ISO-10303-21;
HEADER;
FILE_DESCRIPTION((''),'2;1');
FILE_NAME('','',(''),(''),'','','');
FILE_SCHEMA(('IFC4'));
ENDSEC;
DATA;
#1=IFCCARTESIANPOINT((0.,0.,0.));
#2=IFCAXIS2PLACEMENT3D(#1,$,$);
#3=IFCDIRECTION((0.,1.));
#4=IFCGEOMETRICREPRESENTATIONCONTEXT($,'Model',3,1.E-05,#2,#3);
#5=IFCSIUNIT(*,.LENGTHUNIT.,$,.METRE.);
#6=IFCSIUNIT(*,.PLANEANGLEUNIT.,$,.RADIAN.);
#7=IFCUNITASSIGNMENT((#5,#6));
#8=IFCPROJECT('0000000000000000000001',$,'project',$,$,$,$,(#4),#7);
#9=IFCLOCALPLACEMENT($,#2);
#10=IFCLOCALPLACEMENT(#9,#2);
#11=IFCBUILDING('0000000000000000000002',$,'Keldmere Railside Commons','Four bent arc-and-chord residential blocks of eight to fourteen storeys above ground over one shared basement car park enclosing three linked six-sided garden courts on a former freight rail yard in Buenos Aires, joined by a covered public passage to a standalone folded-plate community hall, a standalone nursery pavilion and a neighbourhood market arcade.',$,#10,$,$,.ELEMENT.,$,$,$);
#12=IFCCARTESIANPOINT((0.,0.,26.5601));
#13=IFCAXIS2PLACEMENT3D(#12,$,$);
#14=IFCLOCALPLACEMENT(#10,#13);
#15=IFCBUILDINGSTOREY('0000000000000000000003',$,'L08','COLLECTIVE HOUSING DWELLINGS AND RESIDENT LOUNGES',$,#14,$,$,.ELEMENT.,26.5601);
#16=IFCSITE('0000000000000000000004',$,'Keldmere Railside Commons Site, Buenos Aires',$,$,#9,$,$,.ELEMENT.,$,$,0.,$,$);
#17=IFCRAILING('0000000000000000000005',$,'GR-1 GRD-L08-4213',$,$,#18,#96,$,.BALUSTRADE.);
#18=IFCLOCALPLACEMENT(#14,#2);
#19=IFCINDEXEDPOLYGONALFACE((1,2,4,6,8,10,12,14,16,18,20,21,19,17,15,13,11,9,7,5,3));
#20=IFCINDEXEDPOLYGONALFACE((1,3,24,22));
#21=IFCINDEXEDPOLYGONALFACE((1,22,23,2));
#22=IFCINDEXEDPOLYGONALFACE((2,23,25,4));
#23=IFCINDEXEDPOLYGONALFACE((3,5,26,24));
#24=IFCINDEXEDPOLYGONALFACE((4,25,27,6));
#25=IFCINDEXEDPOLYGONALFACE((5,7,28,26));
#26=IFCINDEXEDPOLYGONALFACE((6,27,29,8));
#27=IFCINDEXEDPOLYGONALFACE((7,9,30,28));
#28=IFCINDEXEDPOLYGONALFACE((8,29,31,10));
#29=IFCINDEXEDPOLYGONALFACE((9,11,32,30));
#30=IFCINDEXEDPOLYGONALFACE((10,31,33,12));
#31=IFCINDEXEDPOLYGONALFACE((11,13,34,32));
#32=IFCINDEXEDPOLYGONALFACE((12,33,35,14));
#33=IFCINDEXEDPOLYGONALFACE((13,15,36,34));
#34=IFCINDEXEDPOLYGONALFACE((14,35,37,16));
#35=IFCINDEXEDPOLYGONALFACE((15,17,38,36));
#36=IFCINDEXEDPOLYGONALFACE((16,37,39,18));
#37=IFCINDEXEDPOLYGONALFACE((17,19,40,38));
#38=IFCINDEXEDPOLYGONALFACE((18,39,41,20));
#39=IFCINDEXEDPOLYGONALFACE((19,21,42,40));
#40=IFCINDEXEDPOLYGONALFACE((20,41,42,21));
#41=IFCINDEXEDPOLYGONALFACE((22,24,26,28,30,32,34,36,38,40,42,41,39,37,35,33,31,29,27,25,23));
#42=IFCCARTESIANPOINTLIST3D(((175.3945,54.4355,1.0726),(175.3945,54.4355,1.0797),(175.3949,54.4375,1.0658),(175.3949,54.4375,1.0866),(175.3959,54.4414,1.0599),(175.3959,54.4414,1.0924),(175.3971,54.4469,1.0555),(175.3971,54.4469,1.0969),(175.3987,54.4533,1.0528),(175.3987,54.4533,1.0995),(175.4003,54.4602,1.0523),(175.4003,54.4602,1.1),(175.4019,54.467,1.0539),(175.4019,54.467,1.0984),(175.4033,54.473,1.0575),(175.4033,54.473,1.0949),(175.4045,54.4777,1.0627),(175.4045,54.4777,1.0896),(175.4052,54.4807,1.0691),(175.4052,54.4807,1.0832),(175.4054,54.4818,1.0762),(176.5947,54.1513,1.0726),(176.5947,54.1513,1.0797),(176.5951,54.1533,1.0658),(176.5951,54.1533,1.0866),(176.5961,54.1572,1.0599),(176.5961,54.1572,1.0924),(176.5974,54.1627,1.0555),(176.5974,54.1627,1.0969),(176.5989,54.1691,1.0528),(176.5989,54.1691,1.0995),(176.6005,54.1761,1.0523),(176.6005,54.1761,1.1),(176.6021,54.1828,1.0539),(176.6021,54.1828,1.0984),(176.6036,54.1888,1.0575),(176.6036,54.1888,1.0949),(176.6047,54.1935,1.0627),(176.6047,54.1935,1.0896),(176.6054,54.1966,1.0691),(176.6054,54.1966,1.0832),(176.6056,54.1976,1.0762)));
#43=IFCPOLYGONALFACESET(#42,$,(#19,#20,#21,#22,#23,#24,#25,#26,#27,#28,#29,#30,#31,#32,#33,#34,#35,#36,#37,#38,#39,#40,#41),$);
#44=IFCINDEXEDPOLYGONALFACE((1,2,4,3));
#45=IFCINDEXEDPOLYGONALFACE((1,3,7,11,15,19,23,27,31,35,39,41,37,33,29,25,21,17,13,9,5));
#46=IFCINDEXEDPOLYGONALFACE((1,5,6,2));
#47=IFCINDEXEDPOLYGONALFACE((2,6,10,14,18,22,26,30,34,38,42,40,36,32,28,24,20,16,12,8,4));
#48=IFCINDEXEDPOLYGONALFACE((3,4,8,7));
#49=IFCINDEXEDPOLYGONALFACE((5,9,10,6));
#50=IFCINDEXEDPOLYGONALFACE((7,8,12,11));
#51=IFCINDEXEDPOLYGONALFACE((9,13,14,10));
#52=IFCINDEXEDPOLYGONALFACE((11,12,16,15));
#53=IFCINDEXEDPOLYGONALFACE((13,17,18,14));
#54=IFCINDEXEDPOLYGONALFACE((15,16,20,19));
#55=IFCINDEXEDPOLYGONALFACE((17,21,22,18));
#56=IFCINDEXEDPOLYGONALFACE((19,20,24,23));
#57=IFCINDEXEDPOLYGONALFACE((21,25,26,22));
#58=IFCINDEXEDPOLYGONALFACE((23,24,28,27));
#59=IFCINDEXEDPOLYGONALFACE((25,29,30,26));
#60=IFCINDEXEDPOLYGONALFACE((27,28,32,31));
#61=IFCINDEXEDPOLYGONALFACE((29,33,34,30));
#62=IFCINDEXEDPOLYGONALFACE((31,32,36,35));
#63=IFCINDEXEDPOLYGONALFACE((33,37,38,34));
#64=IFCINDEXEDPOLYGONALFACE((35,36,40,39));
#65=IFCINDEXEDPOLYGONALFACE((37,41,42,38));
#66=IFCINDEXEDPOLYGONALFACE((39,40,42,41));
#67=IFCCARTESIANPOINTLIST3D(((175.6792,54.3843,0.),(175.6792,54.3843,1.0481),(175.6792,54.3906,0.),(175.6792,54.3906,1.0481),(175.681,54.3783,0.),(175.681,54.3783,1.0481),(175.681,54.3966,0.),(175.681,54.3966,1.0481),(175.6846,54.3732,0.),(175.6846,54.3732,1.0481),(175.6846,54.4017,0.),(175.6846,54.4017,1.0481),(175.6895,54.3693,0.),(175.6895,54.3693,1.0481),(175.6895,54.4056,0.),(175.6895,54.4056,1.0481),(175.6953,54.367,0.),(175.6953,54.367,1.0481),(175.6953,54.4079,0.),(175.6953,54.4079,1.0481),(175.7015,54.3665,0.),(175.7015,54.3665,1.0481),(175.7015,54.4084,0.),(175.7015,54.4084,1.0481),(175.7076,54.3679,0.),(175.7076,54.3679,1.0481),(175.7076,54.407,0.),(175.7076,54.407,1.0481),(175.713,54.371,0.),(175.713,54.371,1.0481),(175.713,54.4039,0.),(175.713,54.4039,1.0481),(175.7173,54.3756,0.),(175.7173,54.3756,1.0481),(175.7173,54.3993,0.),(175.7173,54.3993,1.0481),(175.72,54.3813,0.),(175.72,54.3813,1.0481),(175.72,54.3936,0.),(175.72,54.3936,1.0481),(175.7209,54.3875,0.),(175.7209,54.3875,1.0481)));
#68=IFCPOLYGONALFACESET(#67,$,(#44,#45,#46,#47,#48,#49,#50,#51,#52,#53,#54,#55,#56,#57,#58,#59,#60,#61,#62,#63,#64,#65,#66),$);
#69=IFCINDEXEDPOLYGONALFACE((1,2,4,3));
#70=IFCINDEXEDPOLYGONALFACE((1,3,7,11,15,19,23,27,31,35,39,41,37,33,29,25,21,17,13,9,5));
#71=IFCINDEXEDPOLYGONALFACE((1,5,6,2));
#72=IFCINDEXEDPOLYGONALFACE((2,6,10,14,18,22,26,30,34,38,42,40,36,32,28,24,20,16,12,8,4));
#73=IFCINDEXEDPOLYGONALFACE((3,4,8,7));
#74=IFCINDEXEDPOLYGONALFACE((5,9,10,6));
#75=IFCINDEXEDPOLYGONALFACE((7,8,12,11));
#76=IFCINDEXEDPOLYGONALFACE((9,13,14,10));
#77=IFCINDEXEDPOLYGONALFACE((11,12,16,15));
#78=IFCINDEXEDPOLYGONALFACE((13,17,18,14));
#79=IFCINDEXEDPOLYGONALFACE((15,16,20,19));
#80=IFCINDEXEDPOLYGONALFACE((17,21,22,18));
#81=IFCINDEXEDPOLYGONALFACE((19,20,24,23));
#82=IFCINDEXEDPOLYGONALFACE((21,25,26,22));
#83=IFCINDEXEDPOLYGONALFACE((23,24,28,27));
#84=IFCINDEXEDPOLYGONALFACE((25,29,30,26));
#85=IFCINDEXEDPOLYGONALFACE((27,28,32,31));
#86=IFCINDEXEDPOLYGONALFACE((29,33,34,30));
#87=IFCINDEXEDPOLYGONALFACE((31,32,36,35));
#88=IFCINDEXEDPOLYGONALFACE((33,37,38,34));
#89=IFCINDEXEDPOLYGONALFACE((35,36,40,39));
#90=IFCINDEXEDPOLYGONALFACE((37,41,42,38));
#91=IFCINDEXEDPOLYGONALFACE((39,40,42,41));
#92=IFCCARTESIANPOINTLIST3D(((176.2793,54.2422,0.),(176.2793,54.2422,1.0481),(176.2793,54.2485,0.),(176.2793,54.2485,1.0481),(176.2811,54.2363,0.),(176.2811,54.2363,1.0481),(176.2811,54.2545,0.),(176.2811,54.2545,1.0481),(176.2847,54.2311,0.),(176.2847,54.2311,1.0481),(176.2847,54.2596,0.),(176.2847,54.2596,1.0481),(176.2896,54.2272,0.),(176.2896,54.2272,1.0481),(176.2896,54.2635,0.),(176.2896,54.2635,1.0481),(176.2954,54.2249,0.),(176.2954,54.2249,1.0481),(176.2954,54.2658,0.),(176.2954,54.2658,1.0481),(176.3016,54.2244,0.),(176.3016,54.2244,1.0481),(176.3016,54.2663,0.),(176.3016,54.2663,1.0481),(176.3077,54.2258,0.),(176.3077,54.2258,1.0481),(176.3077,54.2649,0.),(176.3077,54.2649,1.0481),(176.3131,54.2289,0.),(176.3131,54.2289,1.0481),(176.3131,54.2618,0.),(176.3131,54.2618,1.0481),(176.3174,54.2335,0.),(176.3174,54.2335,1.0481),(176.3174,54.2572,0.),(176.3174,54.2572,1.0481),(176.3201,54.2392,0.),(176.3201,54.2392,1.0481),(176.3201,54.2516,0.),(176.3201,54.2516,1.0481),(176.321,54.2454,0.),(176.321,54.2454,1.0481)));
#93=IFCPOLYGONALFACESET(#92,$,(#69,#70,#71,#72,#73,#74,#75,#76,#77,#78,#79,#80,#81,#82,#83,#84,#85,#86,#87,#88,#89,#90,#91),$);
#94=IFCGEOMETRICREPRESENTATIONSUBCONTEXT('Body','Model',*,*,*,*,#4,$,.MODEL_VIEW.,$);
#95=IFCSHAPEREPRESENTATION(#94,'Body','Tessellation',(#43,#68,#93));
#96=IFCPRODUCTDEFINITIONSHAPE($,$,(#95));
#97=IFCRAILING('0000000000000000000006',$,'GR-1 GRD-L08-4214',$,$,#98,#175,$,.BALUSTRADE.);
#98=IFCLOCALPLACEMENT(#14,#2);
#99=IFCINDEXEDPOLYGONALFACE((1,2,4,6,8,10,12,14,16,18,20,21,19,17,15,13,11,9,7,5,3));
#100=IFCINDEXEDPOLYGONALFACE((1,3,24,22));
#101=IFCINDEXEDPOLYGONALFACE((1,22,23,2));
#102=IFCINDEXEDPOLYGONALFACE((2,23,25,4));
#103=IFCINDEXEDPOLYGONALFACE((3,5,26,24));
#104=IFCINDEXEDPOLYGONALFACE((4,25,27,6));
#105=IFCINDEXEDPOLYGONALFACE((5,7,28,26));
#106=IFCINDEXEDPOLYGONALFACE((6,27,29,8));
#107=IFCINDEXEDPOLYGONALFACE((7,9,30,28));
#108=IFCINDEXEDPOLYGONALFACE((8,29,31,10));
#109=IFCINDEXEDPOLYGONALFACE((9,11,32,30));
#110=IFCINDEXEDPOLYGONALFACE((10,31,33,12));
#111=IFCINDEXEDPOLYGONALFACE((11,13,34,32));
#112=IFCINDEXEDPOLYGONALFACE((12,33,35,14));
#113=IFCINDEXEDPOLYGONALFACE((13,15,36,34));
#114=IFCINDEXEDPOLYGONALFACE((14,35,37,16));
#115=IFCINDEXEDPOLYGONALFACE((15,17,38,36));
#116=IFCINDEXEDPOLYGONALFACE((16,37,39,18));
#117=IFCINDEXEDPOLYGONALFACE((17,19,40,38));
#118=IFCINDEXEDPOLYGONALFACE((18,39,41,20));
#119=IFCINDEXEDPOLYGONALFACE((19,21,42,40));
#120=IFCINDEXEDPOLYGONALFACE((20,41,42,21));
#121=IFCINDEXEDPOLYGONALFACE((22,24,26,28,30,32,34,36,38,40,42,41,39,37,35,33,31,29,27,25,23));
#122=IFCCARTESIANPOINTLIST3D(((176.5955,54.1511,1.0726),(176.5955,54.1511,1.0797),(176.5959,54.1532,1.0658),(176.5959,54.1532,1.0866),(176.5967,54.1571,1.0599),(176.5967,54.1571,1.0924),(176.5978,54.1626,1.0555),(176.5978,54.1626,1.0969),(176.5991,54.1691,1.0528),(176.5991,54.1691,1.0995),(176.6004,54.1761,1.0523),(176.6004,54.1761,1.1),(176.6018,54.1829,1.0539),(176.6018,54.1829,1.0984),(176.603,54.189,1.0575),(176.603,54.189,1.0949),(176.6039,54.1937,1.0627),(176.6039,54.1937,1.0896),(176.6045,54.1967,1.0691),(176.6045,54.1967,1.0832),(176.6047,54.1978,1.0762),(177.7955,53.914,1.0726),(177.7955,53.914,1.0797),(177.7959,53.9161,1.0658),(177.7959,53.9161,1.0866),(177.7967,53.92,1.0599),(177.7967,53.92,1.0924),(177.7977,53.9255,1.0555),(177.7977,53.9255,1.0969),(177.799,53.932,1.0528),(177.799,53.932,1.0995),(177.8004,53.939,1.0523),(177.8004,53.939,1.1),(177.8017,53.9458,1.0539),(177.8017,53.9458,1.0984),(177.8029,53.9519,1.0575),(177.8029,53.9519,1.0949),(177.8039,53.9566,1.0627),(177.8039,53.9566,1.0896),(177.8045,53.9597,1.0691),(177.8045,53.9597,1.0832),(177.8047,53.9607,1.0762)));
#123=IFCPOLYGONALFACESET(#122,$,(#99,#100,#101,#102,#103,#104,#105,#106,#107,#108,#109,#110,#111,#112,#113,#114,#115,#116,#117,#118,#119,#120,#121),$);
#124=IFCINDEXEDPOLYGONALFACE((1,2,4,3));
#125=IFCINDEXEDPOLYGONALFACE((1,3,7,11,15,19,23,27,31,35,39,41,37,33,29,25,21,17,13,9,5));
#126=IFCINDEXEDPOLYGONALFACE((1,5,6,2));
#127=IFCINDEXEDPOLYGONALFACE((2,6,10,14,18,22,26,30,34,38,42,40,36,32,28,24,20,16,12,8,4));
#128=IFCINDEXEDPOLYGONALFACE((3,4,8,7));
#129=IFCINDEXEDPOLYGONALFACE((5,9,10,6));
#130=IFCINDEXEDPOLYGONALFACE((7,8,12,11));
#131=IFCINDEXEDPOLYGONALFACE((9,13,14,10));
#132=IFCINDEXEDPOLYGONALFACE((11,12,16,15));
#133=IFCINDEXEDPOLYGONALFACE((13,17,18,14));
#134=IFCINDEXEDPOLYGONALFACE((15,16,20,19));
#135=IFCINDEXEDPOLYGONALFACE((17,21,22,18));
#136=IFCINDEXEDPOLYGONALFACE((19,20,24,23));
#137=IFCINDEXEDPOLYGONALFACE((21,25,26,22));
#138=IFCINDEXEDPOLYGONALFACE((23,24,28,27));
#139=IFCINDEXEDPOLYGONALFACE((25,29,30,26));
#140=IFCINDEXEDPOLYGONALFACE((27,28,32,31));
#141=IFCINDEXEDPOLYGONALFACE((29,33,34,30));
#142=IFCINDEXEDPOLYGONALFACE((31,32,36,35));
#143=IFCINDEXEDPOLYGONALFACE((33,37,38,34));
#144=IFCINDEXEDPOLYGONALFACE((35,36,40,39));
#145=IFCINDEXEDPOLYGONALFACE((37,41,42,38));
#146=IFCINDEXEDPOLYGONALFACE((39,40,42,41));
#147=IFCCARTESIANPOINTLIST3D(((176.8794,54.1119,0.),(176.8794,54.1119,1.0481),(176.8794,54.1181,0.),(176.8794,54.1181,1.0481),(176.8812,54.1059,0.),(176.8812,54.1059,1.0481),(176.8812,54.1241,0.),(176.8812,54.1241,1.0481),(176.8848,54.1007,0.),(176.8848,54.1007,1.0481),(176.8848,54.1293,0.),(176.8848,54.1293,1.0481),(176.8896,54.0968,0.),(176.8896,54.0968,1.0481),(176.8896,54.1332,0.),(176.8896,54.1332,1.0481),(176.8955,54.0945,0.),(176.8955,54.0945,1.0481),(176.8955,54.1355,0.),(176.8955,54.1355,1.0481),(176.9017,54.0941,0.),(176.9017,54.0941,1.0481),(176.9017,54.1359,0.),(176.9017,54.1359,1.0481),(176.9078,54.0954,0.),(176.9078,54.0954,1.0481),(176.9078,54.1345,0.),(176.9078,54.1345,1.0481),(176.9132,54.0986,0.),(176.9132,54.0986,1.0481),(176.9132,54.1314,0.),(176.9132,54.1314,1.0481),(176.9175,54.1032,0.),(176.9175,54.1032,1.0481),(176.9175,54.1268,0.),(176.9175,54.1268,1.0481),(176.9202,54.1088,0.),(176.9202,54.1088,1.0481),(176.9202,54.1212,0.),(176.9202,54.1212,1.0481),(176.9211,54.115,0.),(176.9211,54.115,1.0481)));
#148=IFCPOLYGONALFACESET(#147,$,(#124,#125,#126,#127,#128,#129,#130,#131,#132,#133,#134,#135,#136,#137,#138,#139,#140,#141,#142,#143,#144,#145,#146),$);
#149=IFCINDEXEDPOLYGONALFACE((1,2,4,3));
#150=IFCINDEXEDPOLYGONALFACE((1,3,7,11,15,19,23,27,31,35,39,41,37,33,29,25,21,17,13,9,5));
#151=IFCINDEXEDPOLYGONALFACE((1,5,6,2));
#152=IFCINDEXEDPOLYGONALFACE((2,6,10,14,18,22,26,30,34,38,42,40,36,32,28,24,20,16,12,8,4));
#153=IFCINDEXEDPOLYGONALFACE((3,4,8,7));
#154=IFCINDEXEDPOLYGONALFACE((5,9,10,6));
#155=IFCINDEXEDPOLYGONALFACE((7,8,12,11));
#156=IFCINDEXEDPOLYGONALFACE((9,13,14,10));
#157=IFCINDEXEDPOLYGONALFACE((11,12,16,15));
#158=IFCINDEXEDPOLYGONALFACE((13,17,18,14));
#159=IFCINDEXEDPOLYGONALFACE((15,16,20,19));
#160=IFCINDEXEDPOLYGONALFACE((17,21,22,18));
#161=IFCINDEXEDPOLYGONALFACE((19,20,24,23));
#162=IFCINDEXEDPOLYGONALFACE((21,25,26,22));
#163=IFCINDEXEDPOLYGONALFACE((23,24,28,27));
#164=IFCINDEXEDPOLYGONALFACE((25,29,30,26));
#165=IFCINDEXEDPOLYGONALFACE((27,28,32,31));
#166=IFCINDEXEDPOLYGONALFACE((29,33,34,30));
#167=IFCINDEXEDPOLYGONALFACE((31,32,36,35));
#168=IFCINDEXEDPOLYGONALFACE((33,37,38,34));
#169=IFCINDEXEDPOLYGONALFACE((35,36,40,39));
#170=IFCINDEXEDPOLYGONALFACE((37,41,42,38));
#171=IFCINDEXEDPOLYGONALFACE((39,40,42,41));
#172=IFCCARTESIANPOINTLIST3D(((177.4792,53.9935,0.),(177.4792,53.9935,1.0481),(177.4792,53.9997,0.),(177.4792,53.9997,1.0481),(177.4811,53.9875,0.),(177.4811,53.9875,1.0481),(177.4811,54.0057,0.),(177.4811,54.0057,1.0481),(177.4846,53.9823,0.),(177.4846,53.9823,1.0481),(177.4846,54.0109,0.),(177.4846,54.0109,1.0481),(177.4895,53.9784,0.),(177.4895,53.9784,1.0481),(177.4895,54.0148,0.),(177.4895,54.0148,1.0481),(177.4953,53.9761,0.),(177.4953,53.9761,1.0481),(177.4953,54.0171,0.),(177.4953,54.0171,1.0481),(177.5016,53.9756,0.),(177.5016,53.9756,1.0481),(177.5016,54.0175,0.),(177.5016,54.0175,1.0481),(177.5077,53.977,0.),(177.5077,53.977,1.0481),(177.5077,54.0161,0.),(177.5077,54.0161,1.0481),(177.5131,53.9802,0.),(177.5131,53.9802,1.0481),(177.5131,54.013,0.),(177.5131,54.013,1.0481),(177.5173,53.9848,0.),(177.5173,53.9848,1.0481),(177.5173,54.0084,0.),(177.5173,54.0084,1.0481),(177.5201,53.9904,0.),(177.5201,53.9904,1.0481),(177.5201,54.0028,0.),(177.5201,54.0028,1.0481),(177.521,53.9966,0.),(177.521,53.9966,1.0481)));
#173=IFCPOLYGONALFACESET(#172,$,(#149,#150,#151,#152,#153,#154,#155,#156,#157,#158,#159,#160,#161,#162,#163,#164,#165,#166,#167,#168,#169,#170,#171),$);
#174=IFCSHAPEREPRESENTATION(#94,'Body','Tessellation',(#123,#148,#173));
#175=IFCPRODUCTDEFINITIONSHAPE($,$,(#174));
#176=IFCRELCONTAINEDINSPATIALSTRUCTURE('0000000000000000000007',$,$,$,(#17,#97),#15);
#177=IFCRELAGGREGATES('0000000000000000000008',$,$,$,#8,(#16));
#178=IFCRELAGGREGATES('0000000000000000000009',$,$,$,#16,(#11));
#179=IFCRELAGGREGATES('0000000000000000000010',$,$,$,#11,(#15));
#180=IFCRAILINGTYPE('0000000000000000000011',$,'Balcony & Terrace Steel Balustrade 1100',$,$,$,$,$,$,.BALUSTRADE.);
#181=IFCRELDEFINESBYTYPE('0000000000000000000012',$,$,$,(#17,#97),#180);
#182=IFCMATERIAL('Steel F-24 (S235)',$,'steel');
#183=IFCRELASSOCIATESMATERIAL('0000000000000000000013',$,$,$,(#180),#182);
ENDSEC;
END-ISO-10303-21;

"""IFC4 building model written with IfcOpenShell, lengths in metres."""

from ifc_helpers import new_model, si_unit, direction, frame, origin, origin_2d, place, context, subcontext, project, spatial, circle, extrude, material, type_object, element, save


model = new_model("IFC4")

# Units and contexts
model_context = context("Model", 3, precision=1e-05, world=origin(), true_north=direction((0.0, 1.0)))
body_context = subcontext(model_context, "Body", "Model", "MODEL_VIEW")
ifc_project = project(units=[si_unit("LENGTHUNIT", "METRE"), si_unit("PLANEANGLEUNIT", "RADIAN")], contexts=[model_context])

# Site, building, storey
site_placement = place(None, origin())
site = spatial("IfcSite", under=ifc_project, at=site_placement, Name="Keldmere Railside Commons Site, Buenos Aires", CompositionType="ELEMENT", RefElevation=0.0)
building_placement = place(site_placement, origin())
building = spatial("IfcBuilding", under=site, at=building_placement, Name="Keldmere Railside Commons", Description="Four bent arc-and-chord residential blocks of eight to fourteen storeys above ground over one shared basement car park enclosing three linked six-sided garden courts on a former freight rail yard in Buenos Aires, joined by a covered public passage to a standalone folded-plate community hall, a standalone nursery pavilion and a neighbourhood market arcade.", CompositionType="ELEMENT")
storey_placement = place(building_placement, frame((0.0, 0.0, 26.5601)))
storey = spatial("IfcBuildingStorey", under=building, at=storey_placement, Name="L08", Description="COLLECTIVE HOUSING DWELLINGS AND RESIDENT LOUNGES", CompositionType="ELEMENT", Elevation=26.5601)

# Shared definitions
ifc_material_1 = material(Name="Steel F-24 (S235)", Category="steel")

# Railings
railing_type = type_object("IfcRailingType", Name="Balcony & Terrace Steel Balustrade 1100", PredefinedType="BALUSTRADE", material=ifc_material_1)
railing_1_placement = place(storey_placement, frame((175.3999, 54.4585, 0.0)))
element("IfcRailing", 1, at=railing_1_placement, inside=storey, type_object=railing_type, Name="GR-1 GRD-L08-4213", PredefinedType="BALUSTRADE", context=body_context, shape_type="SweptSolid", body=[
    extrude(circle(Radius=0.0239, at=origin_2d()), frame((0.0, 0.0, 1.0762), z_axis=(0.973094, -0.230407, 0.0), x_axis=(0.230407, 0.973094, 0.0)), (0.0, 0.0, 1.0), 1.2334),
    extrude(circle(Radius=0.021, at=origin_2d()), frame((0.3, -0.071, 0.0)), (0.0, 0.0, 1.0), 1.0481),
    extrude(circle(Radius=0.021, at=origin_2d()), frame((0.9001, -0.2131, 0.0)), (0.0, 0.0, 1.0), 1.0481),
])
railing_2_placement = place(storey_placement, frame((176.6001, 54.1743, 0.0)))
element("IfcRailing", 2, at=railing_2_placement, inside=storey, type_object=railing_type, Name="GR-1 GRD-L08-4214", PredefinedType="BALUSTRADE", context=body_context, shape_type="SweptSolid", body=[
    extrude(circle(Radius=0.0239, at=origin_2d()), frame((0.0, 0.0, 1.0762), z_axis=(0.981039, -0.193813, 0.0), x_axis=(0.193813, 0.981039, 0.0)), (0.0, 0.0, 1.0), 1.2231),
    extrude(circle(Radius=0.021, at=origin_2d()), frame((0.3, -0.0593, 0.0)), (0.0, 0.0, 1.0), 1.0481),
    extrude(circle(Radius=0.021, at=origin_2d()), frame((0.8999, -0.1777, 0.0)), (0.0, 0.0, 1.0), 1.0481),
])

save(model, "model.ifc")
